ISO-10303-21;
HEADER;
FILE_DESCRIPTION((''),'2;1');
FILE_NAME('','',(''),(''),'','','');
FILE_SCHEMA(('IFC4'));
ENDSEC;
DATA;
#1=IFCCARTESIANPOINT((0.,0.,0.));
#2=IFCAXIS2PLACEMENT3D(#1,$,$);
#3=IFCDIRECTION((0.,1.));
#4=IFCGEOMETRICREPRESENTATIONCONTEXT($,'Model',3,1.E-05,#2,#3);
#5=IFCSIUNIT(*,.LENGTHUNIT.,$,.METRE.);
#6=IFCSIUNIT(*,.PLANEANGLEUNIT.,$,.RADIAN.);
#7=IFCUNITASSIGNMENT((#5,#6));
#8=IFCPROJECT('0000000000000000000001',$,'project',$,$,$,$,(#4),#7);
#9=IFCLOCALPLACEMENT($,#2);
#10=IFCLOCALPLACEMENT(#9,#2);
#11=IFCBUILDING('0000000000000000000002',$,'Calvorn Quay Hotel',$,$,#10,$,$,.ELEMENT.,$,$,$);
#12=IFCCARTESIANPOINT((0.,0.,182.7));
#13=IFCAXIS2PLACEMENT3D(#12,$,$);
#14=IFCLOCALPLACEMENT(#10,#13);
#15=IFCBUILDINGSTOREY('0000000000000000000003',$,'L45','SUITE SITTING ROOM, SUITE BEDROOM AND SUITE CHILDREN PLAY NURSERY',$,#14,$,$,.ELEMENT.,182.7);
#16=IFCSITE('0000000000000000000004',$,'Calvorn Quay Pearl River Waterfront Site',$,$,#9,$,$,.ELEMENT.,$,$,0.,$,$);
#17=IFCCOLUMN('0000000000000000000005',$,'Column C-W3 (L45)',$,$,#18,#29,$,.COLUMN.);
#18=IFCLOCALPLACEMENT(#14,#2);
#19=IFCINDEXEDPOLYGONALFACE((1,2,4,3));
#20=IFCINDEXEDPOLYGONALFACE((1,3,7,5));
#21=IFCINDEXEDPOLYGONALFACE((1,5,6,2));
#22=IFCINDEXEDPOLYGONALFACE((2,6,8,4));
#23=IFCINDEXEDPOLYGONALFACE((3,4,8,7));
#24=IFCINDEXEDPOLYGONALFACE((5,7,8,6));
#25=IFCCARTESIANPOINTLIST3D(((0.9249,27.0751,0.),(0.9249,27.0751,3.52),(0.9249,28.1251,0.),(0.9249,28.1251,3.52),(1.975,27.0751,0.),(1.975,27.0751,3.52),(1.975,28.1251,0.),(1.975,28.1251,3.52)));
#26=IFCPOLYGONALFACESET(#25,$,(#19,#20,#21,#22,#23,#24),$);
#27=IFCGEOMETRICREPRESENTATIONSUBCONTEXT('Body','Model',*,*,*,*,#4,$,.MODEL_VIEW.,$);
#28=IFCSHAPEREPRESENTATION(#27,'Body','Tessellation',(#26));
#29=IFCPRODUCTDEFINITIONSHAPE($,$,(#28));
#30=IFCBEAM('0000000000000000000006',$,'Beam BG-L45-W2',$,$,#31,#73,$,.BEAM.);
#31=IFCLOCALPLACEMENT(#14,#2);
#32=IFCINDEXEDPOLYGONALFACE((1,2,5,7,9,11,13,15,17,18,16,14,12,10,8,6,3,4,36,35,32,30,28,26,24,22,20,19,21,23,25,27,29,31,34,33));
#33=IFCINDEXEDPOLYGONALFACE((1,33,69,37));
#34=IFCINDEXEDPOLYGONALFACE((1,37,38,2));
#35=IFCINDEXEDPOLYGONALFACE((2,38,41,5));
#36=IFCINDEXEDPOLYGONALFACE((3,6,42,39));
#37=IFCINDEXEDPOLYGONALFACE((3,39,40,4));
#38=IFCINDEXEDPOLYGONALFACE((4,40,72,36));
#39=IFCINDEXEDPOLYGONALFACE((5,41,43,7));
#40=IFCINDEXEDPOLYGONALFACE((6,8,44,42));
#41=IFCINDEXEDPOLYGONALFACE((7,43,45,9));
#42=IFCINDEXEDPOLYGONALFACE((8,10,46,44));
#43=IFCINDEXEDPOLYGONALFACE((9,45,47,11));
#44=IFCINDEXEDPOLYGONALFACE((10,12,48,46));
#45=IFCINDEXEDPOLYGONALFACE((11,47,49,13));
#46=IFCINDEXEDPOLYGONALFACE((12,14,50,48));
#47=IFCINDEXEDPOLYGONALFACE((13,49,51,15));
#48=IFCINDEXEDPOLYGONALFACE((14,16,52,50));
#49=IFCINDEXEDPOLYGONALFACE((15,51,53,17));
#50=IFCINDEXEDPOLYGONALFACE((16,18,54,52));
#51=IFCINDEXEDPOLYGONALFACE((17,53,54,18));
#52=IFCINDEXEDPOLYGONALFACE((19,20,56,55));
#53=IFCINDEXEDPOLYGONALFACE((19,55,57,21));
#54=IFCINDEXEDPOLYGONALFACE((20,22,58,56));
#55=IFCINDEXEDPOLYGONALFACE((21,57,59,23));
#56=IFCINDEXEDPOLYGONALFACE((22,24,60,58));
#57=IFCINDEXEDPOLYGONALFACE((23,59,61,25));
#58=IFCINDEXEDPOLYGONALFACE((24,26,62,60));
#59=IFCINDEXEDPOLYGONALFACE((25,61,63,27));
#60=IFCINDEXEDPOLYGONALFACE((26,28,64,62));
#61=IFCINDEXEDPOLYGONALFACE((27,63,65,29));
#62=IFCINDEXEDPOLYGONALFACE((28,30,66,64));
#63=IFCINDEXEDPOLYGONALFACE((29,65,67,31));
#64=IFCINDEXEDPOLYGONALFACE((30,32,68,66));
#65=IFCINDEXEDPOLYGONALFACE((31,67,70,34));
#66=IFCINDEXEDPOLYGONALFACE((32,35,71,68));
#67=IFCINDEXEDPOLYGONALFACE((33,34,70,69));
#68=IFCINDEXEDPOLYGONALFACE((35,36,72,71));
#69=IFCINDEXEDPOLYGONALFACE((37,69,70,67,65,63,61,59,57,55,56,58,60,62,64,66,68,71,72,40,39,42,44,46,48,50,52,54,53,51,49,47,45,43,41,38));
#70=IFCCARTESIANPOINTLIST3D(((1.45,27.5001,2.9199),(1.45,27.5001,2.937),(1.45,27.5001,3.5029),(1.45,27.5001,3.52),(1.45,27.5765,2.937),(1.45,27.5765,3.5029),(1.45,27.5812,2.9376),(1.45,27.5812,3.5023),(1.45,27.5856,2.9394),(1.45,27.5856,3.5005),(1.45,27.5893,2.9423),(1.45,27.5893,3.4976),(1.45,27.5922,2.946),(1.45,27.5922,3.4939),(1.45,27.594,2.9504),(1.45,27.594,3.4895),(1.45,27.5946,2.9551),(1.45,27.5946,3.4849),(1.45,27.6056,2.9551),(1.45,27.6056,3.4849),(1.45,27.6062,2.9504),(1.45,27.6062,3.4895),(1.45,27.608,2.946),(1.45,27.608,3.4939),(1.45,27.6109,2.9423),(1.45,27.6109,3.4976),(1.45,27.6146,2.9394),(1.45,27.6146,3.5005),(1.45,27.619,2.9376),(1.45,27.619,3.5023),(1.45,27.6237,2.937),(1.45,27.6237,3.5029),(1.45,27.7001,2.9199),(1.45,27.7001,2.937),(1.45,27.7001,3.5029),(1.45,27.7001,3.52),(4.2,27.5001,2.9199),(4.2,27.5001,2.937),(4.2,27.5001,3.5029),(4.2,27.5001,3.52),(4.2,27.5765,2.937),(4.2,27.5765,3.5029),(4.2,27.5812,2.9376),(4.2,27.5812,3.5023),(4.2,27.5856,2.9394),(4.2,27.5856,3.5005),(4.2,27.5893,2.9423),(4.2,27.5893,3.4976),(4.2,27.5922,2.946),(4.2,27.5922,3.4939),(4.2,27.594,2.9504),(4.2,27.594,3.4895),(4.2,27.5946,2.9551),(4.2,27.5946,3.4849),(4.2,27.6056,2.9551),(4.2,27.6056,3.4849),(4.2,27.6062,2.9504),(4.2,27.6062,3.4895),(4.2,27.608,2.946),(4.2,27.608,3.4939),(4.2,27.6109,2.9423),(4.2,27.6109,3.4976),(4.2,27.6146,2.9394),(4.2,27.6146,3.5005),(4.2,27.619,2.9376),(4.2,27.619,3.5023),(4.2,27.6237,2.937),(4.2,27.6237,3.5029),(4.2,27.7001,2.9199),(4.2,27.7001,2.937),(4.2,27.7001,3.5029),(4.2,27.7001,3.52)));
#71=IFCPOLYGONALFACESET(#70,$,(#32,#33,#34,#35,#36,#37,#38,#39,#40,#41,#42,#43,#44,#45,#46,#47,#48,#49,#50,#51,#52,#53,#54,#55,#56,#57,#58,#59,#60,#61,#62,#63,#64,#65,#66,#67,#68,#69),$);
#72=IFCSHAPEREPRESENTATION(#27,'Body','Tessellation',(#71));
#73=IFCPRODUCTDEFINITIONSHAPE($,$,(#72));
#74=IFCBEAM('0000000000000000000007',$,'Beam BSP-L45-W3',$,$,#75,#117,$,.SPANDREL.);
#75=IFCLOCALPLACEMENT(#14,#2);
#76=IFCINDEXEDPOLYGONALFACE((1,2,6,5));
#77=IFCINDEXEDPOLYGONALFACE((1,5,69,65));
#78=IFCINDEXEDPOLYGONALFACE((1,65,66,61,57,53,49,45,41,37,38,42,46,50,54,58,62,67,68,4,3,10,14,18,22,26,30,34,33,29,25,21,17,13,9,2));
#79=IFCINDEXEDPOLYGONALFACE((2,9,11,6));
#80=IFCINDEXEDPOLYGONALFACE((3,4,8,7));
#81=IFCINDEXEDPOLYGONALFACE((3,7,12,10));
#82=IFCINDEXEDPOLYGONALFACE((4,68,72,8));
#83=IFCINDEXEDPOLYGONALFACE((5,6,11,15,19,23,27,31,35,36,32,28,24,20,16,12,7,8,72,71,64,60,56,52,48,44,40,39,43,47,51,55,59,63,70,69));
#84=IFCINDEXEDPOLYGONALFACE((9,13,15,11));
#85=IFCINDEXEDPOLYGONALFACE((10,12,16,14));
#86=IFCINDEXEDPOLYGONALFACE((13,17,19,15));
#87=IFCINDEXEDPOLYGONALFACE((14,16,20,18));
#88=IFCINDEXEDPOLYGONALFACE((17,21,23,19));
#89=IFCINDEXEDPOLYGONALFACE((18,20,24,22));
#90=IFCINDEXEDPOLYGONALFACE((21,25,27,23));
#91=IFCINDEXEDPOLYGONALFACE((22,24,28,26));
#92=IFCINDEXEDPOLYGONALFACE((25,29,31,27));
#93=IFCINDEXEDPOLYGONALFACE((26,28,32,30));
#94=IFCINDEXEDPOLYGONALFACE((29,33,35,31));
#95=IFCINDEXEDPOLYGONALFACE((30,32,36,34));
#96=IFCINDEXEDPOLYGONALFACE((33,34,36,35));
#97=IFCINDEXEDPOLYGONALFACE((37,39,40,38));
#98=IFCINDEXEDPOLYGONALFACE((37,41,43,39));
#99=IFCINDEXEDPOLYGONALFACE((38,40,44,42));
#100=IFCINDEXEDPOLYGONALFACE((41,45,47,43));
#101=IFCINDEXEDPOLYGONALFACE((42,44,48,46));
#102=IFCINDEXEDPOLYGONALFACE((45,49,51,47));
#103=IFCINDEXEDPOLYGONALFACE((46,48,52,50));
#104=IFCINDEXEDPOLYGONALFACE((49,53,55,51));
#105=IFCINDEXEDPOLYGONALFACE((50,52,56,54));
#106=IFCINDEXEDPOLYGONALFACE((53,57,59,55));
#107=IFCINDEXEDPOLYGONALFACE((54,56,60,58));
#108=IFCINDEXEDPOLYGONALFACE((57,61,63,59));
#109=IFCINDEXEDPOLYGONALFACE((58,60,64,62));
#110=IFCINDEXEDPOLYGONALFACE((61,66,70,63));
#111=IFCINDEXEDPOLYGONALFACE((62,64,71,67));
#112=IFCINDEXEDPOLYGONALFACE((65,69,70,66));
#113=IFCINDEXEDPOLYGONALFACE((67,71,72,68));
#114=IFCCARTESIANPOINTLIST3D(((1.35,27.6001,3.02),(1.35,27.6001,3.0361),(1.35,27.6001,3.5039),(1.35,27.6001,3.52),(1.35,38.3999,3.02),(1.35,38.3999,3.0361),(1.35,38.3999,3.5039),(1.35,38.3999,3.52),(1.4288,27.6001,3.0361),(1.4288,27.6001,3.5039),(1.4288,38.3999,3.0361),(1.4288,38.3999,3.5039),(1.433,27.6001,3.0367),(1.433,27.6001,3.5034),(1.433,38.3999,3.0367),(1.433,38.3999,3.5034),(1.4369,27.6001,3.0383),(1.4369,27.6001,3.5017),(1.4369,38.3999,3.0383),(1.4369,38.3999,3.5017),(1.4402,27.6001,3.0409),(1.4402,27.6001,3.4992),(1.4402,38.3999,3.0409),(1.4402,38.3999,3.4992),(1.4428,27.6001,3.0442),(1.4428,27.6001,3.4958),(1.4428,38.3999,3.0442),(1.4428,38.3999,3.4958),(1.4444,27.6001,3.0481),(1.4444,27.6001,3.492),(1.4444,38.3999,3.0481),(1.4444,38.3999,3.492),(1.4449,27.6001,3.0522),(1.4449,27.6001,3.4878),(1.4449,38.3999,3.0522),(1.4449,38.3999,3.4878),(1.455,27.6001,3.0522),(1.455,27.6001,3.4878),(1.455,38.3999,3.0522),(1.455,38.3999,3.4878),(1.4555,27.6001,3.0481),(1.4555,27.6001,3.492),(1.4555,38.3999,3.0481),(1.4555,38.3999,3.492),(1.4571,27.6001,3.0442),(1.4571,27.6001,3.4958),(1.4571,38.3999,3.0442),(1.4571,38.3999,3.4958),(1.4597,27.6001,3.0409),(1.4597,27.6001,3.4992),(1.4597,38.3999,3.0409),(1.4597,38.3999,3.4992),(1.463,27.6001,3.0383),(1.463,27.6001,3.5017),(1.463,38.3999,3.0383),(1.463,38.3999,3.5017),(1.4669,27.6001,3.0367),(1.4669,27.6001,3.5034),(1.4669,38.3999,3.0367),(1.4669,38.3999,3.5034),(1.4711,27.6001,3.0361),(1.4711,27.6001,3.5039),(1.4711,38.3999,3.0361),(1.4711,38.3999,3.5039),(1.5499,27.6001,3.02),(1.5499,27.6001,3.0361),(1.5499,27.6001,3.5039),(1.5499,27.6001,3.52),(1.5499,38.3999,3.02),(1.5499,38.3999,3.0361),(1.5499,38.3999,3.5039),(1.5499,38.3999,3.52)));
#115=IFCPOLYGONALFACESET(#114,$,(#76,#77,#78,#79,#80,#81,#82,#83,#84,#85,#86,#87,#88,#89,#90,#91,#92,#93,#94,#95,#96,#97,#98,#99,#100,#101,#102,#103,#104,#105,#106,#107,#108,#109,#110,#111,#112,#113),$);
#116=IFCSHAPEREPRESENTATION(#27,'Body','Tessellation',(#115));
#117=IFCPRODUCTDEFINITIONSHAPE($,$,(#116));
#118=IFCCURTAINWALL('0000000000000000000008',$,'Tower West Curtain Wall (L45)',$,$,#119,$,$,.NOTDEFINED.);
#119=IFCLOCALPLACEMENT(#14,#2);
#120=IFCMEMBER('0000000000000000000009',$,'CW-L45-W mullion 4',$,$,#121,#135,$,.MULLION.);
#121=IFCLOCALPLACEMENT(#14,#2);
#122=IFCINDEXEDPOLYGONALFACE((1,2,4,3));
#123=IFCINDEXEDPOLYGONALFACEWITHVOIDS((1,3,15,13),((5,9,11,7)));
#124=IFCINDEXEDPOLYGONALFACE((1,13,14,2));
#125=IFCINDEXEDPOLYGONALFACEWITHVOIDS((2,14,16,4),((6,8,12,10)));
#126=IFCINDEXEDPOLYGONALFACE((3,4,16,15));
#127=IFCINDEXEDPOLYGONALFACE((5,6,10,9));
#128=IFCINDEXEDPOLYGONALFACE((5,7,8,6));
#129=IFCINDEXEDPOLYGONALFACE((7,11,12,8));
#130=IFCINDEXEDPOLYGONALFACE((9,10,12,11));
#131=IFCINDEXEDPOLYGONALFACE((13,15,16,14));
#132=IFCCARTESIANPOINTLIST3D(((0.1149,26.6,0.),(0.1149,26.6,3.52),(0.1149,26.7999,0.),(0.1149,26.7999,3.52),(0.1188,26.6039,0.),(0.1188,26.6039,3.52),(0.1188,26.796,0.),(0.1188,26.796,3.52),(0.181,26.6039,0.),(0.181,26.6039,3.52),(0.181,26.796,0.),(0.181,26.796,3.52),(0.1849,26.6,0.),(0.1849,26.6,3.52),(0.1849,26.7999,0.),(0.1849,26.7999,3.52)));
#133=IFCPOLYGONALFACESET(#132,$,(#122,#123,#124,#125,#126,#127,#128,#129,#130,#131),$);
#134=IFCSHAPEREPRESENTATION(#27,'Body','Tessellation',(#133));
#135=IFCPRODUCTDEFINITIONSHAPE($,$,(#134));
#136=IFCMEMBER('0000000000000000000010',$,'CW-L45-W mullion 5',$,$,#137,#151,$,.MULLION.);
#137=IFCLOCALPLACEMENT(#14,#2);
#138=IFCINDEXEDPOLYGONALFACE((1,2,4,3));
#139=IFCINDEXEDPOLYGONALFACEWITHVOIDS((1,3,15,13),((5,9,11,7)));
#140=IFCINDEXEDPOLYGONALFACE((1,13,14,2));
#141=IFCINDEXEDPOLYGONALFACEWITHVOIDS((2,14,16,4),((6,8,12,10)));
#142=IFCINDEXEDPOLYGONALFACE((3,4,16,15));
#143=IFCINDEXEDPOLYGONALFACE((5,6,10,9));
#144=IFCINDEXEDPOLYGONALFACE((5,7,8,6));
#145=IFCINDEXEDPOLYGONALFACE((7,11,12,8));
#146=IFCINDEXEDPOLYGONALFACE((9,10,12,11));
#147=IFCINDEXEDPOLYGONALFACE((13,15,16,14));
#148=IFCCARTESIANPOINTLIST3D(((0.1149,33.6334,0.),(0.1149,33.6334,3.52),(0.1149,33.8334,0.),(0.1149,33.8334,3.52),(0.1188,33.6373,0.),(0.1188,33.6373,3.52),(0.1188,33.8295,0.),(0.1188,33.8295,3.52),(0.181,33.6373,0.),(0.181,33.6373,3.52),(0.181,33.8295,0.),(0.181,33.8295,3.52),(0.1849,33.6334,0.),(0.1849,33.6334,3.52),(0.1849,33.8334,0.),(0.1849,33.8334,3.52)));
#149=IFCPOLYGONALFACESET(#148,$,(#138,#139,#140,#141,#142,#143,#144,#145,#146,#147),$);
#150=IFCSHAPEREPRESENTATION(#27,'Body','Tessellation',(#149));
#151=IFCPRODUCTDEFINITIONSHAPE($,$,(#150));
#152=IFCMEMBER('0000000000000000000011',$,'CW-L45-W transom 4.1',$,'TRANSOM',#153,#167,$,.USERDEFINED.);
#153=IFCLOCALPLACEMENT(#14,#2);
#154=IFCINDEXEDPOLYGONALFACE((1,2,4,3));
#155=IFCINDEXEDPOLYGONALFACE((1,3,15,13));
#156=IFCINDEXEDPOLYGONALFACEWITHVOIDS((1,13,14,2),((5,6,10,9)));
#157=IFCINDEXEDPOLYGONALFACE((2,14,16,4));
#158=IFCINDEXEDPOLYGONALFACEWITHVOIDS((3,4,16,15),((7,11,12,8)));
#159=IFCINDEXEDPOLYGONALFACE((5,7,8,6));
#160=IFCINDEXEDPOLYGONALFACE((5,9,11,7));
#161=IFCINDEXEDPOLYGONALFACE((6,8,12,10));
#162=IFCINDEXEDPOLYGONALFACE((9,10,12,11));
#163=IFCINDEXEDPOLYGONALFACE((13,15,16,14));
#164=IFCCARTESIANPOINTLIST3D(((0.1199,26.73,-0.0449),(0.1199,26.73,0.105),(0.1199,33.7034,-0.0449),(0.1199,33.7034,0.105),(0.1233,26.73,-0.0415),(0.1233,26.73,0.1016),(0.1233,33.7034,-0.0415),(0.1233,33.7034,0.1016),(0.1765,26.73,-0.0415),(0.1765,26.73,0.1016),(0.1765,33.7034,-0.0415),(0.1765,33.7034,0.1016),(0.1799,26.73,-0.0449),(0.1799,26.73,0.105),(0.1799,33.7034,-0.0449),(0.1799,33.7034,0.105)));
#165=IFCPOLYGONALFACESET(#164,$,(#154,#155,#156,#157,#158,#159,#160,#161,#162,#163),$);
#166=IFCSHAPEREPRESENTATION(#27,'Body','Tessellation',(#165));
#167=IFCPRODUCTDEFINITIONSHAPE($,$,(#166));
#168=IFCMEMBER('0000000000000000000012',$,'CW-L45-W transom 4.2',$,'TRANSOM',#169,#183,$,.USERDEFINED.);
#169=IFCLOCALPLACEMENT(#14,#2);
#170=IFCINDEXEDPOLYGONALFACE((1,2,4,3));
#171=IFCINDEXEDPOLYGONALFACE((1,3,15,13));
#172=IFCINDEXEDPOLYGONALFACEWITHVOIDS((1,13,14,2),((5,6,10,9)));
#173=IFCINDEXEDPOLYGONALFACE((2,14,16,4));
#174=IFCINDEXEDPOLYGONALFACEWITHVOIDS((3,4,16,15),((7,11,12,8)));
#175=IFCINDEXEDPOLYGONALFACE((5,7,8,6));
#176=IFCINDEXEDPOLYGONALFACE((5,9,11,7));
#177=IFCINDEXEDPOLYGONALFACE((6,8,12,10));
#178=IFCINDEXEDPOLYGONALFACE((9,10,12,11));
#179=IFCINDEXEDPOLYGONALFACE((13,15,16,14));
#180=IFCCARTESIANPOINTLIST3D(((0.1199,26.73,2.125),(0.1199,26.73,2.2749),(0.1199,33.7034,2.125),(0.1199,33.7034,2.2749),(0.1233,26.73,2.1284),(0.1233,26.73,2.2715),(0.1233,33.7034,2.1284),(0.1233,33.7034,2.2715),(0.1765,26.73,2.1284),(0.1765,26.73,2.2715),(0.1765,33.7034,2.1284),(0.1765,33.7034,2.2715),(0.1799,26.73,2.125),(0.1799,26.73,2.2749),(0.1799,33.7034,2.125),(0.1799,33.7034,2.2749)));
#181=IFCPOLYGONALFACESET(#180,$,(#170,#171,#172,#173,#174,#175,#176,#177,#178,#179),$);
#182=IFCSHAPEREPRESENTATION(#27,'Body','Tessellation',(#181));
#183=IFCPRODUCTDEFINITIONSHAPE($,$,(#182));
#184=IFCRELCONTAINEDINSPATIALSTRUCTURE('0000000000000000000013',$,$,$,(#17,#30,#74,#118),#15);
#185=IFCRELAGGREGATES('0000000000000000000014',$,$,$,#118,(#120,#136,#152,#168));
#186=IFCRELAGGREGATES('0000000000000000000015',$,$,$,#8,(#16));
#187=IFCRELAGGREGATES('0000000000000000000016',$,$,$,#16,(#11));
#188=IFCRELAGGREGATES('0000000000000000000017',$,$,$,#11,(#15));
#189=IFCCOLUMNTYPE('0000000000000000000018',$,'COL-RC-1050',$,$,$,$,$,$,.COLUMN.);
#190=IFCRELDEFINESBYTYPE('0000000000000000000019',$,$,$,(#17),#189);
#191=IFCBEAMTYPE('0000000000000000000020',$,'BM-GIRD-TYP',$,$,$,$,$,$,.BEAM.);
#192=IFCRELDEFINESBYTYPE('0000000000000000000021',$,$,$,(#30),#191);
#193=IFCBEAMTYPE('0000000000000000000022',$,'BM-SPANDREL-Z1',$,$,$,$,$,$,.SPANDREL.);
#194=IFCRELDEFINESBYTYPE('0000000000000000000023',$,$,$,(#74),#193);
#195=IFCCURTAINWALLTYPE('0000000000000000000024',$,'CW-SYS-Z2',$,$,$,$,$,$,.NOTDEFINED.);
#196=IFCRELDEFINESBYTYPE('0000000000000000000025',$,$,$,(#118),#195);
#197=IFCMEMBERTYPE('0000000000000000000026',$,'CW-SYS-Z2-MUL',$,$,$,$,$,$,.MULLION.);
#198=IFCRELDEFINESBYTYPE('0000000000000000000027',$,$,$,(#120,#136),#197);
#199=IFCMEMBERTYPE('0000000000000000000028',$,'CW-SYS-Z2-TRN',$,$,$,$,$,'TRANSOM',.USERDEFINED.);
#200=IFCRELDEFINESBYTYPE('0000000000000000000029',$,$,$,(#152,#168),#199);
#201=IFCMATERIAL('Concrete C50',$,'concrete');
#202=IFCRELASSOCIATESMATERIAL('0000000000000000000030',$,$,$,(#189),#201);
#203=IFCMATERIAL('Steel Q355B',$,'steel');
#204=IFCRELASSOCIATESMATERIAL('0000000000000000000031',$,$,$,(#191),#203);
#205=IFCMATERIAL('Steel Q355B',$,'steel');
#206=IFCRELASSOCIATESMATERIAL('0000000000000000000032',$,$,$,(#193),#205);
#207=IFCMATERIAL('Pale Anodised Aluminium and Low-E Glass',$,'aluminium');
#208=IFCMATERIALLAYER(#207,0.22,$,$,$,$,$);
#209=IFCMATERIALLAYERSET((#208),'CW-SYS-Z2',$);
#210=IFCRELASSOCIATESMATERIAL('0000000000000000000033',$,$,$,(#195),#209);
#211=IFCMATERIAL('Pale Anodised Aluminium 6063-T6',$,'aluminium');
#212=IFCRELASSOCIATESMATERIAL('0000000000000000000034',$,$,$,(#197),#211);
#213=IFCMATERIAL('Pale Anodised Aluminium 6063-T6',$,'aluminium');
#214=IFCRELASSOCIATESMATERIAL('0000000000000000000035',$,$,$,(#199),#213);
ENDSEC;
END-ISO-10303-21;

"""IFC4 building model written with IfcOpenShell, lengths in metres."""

from ifc_helpers import new_model, si_unit, direction, frame, origin, origin_2d, place, context, subcontext, project, spatial, rectangle, hollow_rectangle, i_section, extrude, material, layer, layer_set, material_profile, profile_set, type_object, element, aggregate, save


model = new_model("IFC4")

# Units and contexts
model_context = context("Model", 3, precision=1e-05, world=origin(), true_north=direction((0.0, 1.0)))
body_context = subcontext(model_context, "Body", "Model", "MODEL_VIEW")
ifc_project = project(units=[si_unit("LENGTHUNIT", "METRE"), si_unit("PLANEANGLEUNIT", "RADIAN")], contexts=[model_context])

# Site, building, storey
site_placement = place(None, origin())
site = spatial("IfcSite", under=ifc_project, at=site_placement, Name="Calvorn Quay Pearl River Waterfront Site", CompositionType="ELEMENT", RefElevation=0.0)
building_placement = place(site_placement, origin())
building = spatial("IfcBuilding", under=site, at=building_placement, Name="Calvorn Quay Hotel", CompositionType="ELEMENT")
storey_placement = place(building_placement, frame((0.0, 0.0, 182.7)))
storey = spatial("IfcBuildingStorey", under=building, at=storey_placement, Name="L45", Description="SUITE SITTING ROOM, SUITE BEDROOM AND SUITE CHILDREN PLAY NURSERY", CompositionType="ELEMENT", Elevation=182.7)

# Column
ifc_material_1 = material(Name="Concrete C50", Category="concrete")
ifc_material_profile_1 = material_profile(ifc_material_1, rectangle(XDim=1.05, YDim=1.05, at=origin_2d()), Name="RC1050x1050")
ifc_profile_set_1 = profile_set([ifc_material_profile_1], Name="Concrete C50")
column_type = type_object("IfcColumnType", Name="COL-RC-1050", PredefinedType="COLUMN", material=ifc_profile_set_1)
column_placement = place(storey_placement, frame((1.45, 27.6001, 0.0), z_axis=(0.0, 0.0, 1.0), x_axis=(1.0, 0.0, 0.0)))
element("IfcColumn", 1, at=column_placement, inside=storey, type_object=column_type, Name="Column C-W3 (L45)", PredefinedType="COLUMN", context=body_context, shape_type="SweptSolid", body=[
    extrude(rectangle(XDim=1.05, YDim=1.05, at=origin_2d()), origin(), (0.0, 0.0, 1.0), 3.52),
])

# Beams
ifc_material_2 = material(Name="Steel Q355B", Category="steel")
ifc_material_profile_2 = material_profile(ifc_material_2, i_section(OverallWidth=0.2, OverallDepth=0.6001, WebThickness=0.011, FlangeThickness=0.0171, FilletRadius=0.0181, at=origin_2d()), Name="HN600x200x11x17")
ifc_profile_set_2 = profile_set([ifc_material_profile_2], Name="Steel Q355B")
beam_type_1 = type_object("IfcBeamType", Name="BM-GIRD-TYP", PredefinedType="BEAM", material=ifc_profile_set_2)
beam_1_placement = place(storey_placement, frame((1.45, 27.6001, 3.22), z_axis=(1.0, 0.0, 0.0), x_axis=(0.0, 1.0, 0.0)))
element("IfcBeam", 2, at=beam_1_placement, inside=storey, type_object=beam_type_1, Name="Beam BG-L45-W2", PredefinedType="BEAM", context=body_context, shape_type="SweptSolid", body=[
    extrude(i_section(OverallWidth=0.2, OverallDepth=0.6001, WebThickness=0.011, FlangeThickness=0.0171, FilletRadius=0.0181, at=origin_2d()), origin(), (0.0, 0.0, 1.0), 2.75),
])
ifc_material_3 = material(Name="Steel Q355B", Category="steel")
ifc_material_profile_3 = material_profile(ifc_material_3, i_section(OverallWidth=0.2, OverallDepth=0.5, WebThickness=0.01, FlangeThickness=0.0161, FilletRadius=0.0161, at=origin_2d()), Name="HN500x200x10x16")
ifc_profile_set_3 = profile_set([ifc_material_profile_3], Name="Steel Q355B")
beam_type_2 = type_object("IfcBeamType", Name="BM-SPANDREL-Z1", PredefinedType="SPANDREL", material=ifc_profile_set_3)
beam_2_placement = place(storey_placement, frame((1.45, 27.6001, 3.27), z_axis=(0.0, 1.0, 0.0), x_axis=(-1.0, 0.0, 0.0)))
element("IfcBeam", 3, at=beam_2_placement, inside=storey, type_object=beam_type_2, Name="Beam BSP-L45-W3", PredefinedType="SPANDREL", context=body_context, shape_type="SweptSolid", body=[
    extrude(i_section(OverallWidth=0.2, OverallDepth=0.5, WebThickness=0.01, FlangeThickness=0.0161, FilletRadius=0.0161, at=origin_2d()), origin(), (0.0, 0.0, 1.0), 10.7998),
])

# Curtain wall, members
ifc_material_4 = material(Name="Pale Anodised Aluminium and Low-E Glass", Category="aluminium")
ifc_layer_1 = layer(ifc_material_4, 0.22)
ifc_layer_set_1 = layer_set([ifc_layer_1], Name="CW-SYS-Z2")
curtain_wall_type = type_object("IfcCurtainWallType", Name="CW-SYS-Z2", PredefinedType="NOTDEFINED", material=ifc_layer_set_1)
curtain_wall_placement = place(storey_placement, origin())
curtain_wall = element("IfcCurtainWall", 4, at=curtain_wall_placement, inside=storey, type_object=curtain_wall_type, Name="Tower West Curtain Wall (L45)", PredefinedType="NOTDEFINED")
ifc_material_5 = material(Name="Pale Anodised Aluminium 6063-T6", Category="aluminium")
ifc_material_profile_4 = material_profile(ifc_material_5, hollow_rectangle(XDim=0.0701, YDim=0.2, WallThickness=0.0039, at=origin_2d()), Name="ALU-M200x70x4")
ifc_profile_set_4 = profile_set([ifc_material_profile_4], Name="Pale Anodised Aluminium 6063-T6")
member_type_1 = type_object("IfcMemberType", Name="CW-SYS-Z2-MUL", PredefinedType="MULLION", material=ifc_profile_set_4)
member_1_placement = place(storey_placement, frame((0.1499, 26.7, 0.0), z_axis=(0.0, 0.0, 1.0), x_axis=(-1.0, 0.0, 0.0)))
member_1 = element("IfcMember", 5, at=member_1_placement, type_object=member_type_1, Name="CW-L45-W mullion 4", PredefinedType="MULLION", context=body_context, shape_type="SweptSolid", body=[
    extrude(hollow_rectangle(XDim=0.0701, YDim=0.2, WallThickness=0.0039, at=origin_2d()), origin(), (0.0, 0.0, 1.0), 3.52),
])
member_2_placement = place(storey_placement, frame((0.1499, 33.7334, 0.0), z_axis=(0.0, 0.0, 1.0), x_axis=(-1.0, 0.0, 0.0)))
member_2 = element("IfcMember", 6, at=member_2_placement, type_object=member_type_1, Name="CW-L45-W mullion 5", PredefinedType="MULLION", context=body_context, shape_type="SweptSolid", body=[
    extrude(hollow_rectangle(XDim=0.0701, YDim=0.2, WallThickness=0.0039, at=origin_2d()), origin(), (0.0, 0.0, 1.0), 3.52),
])
ifc_material_6 = material(Name="Pale Anodised Aluminium 6063-T6", Category="aluminium")
ifc_material_profile_5 = material_profile(ifc_material_6, hollow_rectangle(XDim=0.0601, YDim=0.1499, WallThickness=0.0034, at=origin_2d()), Name="ALU-T150x60x3.5")
ifc_profile_set_5 = profile_set([ifc_material_profile_5], Name="Pale Anodised Aluminium 6063-T6")
member_type_2 = type_object("IfcMemberType", Name="CW-SYS-Z2-TRN", ElementType="TRANSOM", PredefinedType="USERDEFINED", material=ifc_profile_set_5)
member_3_placement = place(storey_placement, frame((0.1499, 26.73, 0.03), z_axis=(0.0, 1.0, 0.0), x_axis=(-1.0, 0.0, 0.0)))
member_3 = element("IfcMember", 7, at=member_3_placement, type_object=member_type_2, Name="CW-L45-W transom 4.1", ObjectType="TRANSOM", PredefinedType="USERDEFINED", context=body_context, shape_type="SweptSolid", body=[
    extrude(hollow_rectangle(XDim=0.0601, YDim=0.1499, WallThickness=0.0034, at=origin_2d()), origin(), (0.0, 0.0, 1.0), 6.9734),
])
member_4_placement = place(storey_placement, frame((0.1499, 26.73, 2.2), z_axis=(0.0, 1.0, 0.0), x_axis=(-1.0, 0.0, 0.0)))
member_4 = element("IfcMember", 8, at=member_4_placement, type_object=member_type_2, Name="CW-L45-W transom 4.2", ObjectType="TRANSOM", PredefinedType="USERDEFINED", context=body_context, shape_type="SweptSolid", body=[
    extrude(hollow_rectangle(XDim=0.0601, YDim=0.1499, WallThickness=0.0034, at=origin_2d()), origin(), (0.0, 0.0, 1.0), 6.9734),
])
aggregate(curtain_wall, [member_1, member_2, member_3, member_4])

save(model, "model.ifc")
